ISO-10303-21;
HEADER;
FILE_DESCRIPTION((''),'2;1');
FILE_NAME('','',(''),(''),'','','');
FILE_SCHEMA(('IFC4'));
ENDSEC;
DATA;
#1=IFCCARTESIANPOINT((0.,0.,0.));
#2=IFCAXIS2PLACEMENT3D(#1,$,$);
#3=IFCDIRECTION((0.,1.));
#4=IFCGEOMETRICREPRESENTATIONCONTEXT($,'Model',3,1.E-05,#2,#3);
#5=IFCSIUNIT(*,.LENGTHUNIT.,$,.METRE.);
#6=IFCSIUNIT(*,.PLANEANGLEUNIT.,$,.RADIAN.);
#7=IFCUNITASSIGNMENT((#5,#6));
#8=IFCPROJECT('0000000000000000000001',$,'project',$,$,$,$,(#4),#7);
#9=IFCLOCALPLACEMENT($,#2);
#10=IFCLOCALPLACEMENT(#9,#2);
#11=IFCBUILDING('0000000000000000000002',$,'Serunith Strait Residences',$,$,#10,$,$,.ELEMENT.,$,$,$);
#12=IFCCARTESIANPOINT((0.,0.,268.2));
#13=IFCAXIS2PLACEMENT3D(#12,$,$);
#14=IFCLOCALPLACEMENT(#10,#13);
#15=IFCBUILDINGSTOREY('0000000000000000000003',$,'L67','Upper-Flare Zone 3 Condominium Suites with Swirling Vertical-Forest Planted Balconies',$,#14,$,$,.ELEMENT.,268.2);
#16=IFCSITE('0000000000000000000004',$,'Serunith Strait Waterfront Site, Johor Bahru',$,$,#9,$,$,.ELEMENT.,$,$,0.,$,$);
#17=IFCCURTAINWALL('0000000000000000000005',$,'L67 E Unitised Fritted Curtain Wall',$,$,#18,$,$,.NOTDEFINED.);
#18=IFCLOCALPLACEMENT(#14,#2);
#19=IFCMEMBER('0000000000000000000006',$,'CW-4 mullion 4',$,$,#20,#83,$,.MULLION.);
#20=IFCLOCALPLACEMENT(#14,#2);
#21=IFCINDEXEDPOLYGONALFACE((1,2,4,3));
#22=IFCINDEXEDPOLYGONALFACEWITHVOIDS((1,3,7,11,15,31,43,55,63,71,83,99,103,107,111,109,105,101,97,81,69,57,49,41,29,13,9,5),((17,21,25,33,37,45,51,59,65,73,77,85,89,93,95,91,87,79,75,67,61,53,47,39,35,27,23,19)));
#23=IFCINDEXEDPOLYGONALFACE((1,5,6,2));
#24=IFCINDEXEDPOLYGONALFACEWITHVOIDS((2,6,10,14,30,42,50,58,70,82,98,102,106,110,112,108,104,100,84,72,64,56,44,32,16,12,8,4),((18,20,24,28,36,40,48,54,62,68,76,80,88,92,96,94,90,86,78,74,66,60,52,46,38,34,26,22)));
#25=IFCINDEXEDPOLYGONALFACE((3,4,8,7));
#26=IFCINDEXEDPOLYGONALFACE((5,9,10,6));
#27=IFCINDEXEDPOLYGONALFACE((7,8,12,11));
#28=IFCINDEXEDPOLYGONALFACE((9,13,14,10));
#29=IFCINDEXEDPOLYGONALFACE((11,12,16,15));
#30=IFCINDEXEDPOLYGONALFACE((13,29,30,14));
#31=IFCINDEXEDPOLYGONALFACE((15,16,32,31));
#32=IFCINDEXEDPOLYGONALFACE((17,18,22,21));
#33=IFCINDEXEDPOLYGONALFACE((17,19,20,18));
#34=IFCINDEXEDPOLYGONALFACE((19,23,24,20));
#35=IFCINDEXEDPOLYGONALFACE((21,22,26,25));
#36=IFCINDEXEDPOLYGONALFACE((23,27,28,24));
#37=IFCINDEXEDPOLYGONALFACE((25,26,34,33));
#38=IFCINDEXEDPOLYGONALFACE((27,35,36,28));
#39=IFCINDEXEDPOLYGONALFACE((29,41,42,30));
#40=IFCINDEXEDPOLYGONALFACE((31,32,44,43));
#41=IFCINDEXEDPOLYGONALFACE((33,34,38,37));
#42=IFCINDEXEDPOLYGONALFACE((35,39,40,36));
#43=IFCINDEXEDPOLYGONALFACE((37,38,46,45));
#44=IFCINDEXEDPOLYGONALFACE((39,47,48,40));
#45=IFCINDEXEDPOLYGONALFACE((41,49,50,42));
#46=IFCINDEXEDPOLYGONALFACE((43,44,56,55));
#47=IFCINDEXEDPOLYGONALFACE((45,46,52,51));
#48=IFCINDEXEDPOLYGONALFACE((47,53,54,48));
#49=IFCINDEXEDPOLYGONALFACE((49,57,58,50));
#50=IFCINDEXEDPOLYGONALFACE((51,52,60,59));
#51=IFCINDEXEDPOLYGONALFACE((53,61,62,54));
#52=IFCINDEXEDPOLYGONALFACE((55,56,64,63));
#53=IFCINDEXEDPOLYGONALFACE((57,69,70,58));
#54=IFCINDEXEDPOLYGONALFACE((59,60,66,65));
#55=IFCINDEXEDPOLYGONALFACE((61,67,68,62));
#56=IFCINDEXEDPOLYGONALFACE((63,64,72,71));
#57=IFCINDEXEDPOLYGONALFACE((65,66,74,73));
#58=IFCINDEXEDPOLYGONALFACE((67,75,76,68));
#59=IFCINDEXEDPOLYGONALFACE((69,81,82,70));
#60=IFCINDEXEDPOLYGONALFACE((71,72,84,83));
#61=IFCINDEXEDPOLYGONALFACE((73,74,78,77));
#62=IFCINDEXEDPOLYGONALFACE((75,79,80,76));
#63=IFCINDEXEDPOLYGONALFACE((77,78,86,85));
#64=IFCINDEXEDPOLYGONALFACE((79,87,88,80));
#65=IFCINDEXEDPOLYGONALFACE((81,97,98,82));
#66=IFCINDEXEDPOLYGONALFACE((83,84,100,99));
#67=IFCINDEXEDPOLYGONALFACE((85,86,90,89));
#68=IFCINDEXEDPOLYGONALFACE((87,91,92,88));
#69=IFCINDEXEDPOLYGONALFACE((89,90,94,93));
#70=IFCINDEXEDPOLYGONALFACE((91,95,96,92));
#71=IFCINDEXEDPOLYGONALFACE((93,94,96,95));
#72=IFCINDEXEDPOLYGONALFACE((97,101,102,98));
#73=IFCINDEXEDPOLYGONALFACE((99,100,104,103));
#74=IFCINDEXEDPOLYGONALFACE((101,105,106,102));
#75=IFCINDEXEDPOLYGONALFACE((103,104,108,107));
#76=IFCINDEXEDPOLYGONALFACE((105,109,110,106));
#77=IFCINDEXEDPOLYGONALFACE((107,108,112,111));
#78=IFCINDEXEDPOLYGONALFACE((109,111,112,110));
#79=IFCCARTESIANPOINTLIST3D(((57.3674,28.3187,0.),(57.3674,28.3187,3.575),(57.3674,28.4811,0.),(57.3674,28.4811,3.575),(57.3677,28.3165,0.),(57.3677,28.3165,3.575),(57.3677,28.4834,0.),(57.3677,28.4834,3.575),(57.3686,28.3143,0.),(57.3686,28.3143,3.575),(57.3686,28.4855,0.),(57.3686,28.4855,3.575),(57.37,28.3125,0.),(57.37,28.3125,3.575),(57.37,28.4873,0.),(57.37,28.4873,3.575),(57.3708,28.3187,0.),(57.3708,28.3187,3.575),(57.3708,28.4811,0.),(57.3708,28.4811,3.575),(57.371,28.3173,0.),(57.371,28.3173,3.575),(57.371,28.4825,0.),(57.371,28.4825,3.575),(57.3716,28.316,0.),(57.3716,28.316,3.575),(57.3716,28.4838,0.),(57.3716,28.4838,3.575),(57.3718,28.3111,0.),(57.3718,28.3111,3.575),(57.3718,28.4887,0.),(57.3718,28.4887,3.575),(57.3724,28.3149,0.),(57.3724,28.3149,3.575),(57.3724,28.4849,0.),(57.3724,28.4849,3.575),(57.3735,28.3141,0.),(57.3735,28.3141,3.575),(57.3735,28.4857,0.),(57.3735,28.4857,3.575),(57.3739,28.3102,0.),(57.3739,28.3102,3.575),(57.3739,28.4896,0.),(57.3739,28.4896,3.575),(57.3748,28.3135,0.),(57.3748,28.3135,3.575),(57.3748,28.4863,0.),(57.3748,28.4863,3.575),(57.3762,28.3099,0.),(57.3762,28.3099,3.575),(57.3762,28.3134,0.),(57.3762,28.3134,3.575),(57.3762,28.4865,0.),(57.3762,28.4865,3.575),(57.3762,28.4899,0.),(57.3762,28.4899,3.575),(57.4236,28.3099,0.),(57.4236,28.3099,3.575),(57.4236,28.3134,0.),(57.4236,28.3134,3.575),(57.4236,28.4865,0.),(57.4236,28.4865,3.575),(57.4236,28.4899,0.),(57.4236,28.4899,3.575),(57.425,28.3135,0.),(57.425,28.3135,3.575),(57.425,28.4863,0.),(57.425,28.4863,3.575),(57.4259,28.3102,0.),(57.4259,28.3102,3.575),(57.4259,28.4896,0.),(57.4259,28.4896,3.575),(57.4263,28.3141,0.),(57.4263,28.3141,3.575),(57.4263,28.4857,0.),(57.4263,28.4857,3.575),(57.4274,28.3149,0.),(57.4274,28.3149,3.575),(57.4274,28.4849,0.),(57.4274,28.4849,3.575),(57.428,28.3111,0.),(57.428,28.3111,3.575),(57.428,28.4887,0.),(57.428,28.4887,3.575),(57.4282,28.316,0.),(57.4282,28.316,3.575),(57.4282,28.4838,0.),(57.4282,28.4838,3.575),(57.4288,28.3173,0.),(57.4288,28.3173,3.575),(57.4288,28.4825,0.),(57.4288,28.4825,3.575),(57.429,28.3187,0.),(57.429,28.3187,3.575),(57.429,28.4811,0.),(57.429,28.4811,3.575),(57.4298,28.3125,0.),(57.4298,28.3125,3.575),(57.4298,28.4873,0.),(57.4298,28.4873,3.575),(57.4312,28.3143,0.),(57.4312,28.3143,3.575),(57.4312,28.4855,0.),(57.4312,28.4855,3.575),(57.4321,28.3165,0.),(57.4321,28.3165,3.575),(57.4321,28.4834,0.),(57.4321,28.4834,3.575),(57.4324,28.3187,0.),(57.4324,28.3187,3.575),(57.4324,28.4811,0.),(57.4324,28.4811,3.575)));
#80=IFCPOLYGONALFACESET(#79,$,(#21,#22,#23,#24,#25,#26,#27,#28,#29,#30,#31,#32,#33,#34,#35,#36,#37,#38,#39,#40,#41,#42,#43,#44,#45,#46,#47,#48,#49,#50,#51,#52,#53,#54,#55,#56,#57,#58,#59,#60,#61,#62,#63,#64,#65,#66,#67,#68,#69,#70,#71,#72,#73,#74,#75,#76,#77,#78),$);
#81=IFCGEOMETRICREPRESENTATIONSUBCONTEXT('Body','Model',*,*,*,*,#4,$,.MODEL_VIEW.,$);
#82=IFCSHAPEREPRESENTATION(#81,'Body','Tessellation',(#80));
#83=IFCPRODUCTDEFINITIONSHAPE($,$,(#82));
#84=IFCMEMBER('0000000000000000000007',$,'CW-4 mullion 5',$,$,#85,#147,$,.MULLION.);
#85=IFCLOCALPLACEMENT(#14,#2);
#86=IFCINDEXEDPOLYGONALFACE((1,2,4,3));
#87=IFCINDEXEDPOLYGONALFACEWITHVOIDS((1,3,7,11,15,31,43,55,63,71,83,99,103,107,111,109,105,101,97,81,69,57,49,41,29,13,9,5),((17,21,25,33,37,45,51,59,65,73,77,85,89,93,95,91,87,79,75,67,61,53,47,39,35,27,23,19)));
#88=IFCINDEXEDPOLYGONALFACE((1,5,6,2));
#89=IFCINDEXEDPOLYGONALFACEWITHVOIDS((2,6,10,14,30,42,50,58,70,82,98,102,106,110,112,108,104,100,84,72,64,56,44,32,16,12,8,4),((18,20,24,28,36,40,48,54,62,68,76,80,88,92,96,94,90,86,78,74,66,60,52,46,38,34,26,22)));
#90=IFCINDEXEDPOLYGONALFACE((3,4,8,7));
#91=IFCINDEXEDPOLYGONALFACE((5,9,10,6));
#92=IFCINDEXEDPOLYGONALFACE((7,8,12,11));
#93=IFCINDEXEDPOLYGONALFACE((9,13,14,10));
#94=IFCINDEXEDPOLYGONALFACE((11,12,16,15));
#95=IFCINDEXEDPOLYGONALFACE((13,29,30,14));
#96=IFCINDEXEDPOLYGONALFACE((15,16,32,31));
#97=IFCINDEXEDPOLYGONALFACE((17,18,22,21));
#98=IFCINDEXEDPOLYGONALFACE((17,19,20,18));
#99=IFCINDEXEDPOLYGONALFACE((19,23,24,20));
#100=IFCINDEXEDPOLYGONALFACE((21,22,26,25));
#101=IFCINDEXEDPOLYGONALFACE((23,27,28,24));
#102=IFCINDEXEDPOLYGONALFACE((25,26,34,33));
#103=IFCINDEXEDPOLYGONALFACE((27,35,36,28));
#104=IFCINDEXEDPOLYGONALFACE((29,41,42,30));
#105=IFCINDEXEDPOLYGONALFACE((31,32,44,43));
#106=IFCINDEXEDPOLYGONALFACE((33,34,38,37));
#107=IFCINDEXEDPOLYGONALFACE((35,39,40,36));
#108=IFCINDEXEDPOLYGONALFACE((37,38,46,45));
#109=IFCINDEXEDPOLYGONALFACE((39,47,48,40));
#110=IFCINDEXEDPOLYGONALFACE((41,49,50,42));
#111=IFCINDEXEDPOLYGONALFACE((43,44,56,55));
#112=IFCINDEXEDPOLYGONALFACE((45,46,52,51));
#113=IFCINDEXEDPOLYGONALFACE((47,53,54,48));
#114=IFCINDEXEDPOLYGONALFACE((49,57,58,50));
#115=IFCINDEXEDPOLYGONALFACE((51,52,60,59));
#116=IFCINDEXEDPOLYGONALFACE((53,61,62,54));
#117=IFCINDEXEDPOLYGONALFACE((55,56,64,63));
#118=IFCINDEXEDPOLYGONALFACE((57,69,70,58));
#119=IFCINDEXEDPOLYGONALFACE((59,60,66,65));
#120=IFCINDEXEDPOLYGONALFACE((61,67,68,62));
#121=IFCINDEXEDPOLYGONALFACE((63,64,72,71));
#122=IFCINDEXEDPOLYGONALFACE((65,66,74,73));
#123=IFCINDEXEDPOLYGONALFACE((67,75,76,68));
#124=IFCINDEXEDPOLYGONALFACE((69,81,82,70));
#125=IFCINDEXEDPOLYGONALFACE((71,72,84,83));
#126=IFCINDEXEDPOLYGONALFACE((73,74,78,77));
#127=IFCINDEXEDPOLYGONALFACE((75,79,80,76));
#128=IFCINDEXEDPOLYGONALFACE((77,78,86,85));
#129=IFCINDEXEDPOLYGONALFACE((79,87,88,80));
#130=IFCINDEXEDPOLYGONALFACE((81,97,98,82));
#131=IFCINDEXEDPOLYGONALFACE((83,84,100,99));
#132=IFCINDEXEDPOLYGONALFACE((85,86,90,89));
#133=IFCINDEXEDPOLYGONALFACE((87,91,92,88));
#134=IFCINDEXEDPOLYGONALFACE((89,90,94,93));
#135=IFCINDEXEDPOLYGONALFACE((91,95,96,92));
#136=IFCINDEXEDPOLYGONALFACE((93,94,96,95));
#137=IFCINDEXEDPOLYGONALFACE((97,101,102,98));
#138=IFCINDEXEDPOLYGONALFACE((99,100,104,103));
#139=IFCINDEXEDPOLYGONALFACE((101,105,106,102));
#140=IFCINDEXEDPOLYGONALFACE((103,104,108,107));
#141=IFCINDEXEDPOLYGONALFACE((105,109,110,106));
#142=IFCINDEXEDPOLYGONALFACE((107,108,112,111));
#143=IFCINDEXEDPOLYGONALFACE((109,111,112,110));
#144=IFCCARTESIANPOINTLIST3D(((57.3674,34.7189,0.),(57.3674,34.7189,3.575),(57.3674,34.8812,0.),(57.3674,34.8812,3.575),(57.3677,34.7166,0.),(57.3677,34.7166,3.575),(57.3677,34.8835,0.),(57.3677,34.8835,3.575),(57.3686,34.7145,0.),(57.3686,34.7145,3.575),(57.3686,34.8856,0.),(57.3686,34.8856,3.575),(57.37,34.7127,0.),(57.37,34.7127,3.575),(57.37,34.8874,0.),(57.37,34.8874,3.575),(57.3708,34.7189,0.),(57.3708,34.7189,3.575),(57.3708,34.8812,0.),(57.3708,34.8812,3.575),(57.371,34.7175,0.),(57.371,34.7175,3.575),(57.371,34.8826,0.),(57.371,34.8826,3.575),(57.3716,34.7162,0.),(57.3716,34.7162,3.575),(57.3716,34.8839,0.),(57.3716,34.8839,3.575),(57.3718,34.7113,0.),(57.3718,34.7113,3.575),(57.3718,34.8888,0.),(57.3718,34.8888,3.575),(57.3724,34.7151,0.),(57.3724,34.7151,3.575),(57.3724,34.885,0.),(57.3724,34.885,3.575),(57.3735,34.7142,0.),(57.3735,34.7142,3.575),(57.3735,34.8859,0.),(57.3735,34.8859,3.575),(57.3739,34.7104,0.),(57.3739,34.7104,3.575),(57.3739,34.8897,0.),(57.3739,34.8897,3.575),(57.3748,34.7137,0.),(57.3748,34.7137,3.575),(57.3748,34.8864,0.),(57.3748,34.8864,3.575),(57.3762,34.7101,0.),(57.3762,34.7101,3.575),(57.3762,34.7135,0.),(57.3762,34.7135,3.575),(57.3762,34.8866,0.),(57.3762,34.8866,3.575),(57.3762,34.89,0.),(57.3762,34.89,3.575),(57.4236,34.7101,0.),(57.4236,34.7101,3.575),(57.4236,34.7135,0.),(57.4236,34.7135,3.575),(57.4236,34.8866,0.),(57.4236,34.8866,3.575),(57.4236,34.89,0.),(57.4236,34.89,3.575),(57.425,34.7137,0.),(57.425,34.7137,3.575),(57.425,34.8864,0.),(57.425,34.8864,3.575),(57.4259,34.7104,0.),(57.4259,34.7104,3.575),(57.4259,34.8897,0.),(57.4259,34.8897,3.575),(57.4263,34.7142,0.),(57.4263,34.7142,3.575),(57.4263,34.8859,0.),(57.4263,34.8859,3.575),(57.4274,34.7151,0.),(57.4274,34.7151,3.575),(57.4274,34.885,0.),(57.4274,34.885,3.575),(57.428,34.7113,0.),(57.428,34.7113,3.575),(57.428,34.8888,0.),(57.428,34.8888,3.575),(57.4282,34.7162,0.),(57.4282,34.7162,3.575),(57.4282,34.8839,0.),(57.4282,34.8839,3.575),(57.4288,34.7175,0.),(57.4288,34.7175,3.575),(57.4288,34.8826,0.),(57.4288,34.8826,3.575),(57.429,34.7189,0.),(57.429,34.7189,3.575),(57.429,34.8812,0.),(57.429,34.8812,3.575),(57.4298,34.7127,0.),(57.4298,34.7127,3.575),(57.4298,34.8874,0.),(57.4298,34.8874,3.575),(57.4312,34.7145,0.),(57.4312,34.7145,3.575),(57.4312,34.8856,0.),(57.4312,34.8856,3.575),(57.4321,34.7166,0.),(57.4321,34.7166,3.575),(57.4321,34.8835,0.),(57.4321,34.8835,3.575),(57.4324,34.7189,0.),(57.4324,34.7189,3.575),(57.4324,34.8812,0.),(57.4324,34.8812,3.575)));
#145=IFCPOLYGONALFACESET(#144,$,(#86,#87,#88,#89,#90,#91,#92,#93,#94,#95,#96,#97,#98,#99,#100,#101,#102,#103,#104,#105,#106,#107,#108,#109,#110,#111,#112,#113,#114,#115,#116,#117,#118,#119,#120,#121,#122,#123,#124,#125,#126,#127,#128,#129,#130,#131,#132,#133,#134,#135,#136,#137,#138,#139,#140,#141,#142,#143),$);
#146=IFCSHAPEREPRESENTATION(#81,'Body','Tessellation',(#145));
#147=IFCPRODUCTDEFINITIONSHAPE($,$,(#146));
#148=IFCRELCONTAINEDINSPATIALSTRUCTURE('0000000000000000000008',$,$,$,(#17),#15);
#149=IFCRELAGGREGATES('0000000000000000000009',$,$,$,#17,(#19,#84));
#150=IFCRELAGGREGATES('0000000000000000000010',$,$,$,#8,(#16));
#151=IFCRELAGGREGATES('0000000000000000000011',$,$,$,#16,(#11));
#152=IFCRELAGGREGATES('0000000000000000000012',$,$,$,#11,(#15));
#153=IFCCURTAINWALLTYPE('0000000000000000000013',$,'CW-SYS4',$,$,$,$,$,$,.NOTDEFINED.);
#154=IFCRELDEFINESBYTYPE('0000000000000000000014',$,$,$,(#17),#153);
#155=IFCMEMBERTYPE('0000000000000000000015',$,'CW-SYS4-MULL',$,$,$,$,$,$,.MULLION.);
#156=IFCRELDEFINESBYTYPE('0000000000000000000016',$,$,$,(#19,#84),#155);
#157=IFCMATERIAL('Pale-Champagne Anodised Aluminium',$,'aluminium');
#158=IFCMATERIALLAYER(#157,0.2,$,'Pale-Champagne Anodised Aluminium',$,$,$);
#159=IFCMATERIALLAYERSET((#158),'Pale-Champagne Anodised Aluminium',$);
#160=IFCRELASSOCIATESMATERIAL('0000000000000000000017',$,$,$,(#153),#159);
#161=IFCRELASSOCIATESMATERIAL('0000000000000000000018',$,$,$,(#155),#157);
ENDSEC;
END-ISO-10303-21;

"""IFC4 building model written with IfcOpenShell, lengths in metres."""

from ifc_helpers import new_model, si_unit, direction, frame, origin, origin_2d, place, context, subcontext, project, spatial, hollow_rectangle, extrude, source, transform, mapped, material, layer, layer_set, material_profile, profile_set, type_object, element, aggregate, save


model = new_model("IFC4")

# Units and contexts
model_context = context("Model", 3, precision=1e-05, world=origin(), true_north=direction((0.0, 1.0)))
body_context = subcontext(model_context, "Body", "Model", "MODEL_VIEW")
ifc_project = project(units=[si_unit("LENGTHUNIT", "METRE"), si_unit("PLANEANGLEUNIT", "RADIAN")], contexts=[model_context])

# Site, building, storey
site_placement = place(None, origin())
site = spatial("IfcSite", under=ifc_project, at=site_placement, Name="Serunith Strait Waterfront Site, Johor Bahru", CompositionType="ELEMENT", RefElevation=0.0)
building_placement = place(site_placement, origin())
building = spatial("IfcBuilding", under=site, at=building_placement, Name="Serunith Strait Residences", CompositionType="ELEMENT")
storey_placement = place(building_placement, frame((0.0, 0.0, 268.2)))
storey = spatial("IfcBuildingStorey", under=building, at=storey_placement, Name="L67", Description="Upper-Flare Zone 3 Condominium Suites with Swirling Vertical-Forest Planted Balconies", CompositionType="ELEMENT", Elevation=268.2)

# Curtain wall, members
ifc_material_1 = material(Name="Pale-Champagne Anodised Aluminium", Category="aluminium")
ifc_layer_1 = layer(ifc_material_1, 0.2, Name="Pale-Champagne Anodised Aluminium")
ifc_layer_set_1 = layer_set([ifc_layer_1], Name="Pale-Champagne Anodised Aluminium")
curtain_wall_type = type_object("IfcCurtainWallType", Name="CW-SYS4", PredefinedType="NOTDEFINED", material=ifc_layer_set_1)
curtain_wall_placement = place(storey_placement, origin())
curtain_wall = element("IfcCurtainWall", 1, at=curtain_wall_placement, inside=storey, type_object=curtain_wall_type, Name="L67 E Unitised Fritted Curtain Wall", PredefinedType="NOTDEFINED")
ifc_material_profile_1 = material_profile(ifc_material_1, hollow_rectangle(XDim=0.0649, YDim=0.1799, WallThickness=0.0034, InnerFilletRadius=0.0054, OuterFilletRadius=0.0088, at=origin_2d()), Name="ALU 180x65x3.5")
ifc_profile_set_1 = profile_set([ifc_material_profile_1], Name="Pale-Champagne Anodised Aluminium")
member_type_1 = type_object("IfcMemberType", Name="CW-SYS4-MULL", PredefinedType="MULLION", material=ifc_profile_set_1)
shared_shape_1 = source(origin(), body_context, "Body", "SweptSolid", [
    extrude(hollow_rectangle(XDim=0.0649, YDim=0.1799, WallThickness=0.0034, InnerFilletRadius=0.0054, OuterFilletRadius=0.0088, at=origin_2d()), origin(), (0.0, 0.0, 1.0), 3.575),
])
member_1_placement = place(storey_placement, frame((57.3999, 28.3999, 0.0), z_axis=(0.0, 0.0, 1.0), x_axis=(-1.0, 0.0, 0.0)))
member_1 = element("IfcMember", 2, at=member_1_placement, type_object=member_type_1, Name="CW-4 mullion 4", PredefinedType="MULLION", context=body_context, shape_type="MappedRepresentation", body=[
    mapped(shared_shape_1, transform((0.0, 0.0, 0.0), scale=1.0)),
])
member_2_placement = place(storey_placement, frame((57.3999, 34.8, 0.0), z_axis=(0.0, 0.0, 1.0), x_axis=(-1.0, 0.0, 0.0)))
member_2 = element("IfcMember", 3, at=member_2_placement, type_object=member_type_1, Name="CW-4 mullion 5", PredefinedType="MULLION", context=body_context, shape_type="MappedRepresentation", body=[
    mapped(shared_shape_1, transform((0.0, 0.0, 0.0), scale=1.0)),
])
aggregate(curtain_wall, [member_1, member_2])

save(model, "model.ifc")
